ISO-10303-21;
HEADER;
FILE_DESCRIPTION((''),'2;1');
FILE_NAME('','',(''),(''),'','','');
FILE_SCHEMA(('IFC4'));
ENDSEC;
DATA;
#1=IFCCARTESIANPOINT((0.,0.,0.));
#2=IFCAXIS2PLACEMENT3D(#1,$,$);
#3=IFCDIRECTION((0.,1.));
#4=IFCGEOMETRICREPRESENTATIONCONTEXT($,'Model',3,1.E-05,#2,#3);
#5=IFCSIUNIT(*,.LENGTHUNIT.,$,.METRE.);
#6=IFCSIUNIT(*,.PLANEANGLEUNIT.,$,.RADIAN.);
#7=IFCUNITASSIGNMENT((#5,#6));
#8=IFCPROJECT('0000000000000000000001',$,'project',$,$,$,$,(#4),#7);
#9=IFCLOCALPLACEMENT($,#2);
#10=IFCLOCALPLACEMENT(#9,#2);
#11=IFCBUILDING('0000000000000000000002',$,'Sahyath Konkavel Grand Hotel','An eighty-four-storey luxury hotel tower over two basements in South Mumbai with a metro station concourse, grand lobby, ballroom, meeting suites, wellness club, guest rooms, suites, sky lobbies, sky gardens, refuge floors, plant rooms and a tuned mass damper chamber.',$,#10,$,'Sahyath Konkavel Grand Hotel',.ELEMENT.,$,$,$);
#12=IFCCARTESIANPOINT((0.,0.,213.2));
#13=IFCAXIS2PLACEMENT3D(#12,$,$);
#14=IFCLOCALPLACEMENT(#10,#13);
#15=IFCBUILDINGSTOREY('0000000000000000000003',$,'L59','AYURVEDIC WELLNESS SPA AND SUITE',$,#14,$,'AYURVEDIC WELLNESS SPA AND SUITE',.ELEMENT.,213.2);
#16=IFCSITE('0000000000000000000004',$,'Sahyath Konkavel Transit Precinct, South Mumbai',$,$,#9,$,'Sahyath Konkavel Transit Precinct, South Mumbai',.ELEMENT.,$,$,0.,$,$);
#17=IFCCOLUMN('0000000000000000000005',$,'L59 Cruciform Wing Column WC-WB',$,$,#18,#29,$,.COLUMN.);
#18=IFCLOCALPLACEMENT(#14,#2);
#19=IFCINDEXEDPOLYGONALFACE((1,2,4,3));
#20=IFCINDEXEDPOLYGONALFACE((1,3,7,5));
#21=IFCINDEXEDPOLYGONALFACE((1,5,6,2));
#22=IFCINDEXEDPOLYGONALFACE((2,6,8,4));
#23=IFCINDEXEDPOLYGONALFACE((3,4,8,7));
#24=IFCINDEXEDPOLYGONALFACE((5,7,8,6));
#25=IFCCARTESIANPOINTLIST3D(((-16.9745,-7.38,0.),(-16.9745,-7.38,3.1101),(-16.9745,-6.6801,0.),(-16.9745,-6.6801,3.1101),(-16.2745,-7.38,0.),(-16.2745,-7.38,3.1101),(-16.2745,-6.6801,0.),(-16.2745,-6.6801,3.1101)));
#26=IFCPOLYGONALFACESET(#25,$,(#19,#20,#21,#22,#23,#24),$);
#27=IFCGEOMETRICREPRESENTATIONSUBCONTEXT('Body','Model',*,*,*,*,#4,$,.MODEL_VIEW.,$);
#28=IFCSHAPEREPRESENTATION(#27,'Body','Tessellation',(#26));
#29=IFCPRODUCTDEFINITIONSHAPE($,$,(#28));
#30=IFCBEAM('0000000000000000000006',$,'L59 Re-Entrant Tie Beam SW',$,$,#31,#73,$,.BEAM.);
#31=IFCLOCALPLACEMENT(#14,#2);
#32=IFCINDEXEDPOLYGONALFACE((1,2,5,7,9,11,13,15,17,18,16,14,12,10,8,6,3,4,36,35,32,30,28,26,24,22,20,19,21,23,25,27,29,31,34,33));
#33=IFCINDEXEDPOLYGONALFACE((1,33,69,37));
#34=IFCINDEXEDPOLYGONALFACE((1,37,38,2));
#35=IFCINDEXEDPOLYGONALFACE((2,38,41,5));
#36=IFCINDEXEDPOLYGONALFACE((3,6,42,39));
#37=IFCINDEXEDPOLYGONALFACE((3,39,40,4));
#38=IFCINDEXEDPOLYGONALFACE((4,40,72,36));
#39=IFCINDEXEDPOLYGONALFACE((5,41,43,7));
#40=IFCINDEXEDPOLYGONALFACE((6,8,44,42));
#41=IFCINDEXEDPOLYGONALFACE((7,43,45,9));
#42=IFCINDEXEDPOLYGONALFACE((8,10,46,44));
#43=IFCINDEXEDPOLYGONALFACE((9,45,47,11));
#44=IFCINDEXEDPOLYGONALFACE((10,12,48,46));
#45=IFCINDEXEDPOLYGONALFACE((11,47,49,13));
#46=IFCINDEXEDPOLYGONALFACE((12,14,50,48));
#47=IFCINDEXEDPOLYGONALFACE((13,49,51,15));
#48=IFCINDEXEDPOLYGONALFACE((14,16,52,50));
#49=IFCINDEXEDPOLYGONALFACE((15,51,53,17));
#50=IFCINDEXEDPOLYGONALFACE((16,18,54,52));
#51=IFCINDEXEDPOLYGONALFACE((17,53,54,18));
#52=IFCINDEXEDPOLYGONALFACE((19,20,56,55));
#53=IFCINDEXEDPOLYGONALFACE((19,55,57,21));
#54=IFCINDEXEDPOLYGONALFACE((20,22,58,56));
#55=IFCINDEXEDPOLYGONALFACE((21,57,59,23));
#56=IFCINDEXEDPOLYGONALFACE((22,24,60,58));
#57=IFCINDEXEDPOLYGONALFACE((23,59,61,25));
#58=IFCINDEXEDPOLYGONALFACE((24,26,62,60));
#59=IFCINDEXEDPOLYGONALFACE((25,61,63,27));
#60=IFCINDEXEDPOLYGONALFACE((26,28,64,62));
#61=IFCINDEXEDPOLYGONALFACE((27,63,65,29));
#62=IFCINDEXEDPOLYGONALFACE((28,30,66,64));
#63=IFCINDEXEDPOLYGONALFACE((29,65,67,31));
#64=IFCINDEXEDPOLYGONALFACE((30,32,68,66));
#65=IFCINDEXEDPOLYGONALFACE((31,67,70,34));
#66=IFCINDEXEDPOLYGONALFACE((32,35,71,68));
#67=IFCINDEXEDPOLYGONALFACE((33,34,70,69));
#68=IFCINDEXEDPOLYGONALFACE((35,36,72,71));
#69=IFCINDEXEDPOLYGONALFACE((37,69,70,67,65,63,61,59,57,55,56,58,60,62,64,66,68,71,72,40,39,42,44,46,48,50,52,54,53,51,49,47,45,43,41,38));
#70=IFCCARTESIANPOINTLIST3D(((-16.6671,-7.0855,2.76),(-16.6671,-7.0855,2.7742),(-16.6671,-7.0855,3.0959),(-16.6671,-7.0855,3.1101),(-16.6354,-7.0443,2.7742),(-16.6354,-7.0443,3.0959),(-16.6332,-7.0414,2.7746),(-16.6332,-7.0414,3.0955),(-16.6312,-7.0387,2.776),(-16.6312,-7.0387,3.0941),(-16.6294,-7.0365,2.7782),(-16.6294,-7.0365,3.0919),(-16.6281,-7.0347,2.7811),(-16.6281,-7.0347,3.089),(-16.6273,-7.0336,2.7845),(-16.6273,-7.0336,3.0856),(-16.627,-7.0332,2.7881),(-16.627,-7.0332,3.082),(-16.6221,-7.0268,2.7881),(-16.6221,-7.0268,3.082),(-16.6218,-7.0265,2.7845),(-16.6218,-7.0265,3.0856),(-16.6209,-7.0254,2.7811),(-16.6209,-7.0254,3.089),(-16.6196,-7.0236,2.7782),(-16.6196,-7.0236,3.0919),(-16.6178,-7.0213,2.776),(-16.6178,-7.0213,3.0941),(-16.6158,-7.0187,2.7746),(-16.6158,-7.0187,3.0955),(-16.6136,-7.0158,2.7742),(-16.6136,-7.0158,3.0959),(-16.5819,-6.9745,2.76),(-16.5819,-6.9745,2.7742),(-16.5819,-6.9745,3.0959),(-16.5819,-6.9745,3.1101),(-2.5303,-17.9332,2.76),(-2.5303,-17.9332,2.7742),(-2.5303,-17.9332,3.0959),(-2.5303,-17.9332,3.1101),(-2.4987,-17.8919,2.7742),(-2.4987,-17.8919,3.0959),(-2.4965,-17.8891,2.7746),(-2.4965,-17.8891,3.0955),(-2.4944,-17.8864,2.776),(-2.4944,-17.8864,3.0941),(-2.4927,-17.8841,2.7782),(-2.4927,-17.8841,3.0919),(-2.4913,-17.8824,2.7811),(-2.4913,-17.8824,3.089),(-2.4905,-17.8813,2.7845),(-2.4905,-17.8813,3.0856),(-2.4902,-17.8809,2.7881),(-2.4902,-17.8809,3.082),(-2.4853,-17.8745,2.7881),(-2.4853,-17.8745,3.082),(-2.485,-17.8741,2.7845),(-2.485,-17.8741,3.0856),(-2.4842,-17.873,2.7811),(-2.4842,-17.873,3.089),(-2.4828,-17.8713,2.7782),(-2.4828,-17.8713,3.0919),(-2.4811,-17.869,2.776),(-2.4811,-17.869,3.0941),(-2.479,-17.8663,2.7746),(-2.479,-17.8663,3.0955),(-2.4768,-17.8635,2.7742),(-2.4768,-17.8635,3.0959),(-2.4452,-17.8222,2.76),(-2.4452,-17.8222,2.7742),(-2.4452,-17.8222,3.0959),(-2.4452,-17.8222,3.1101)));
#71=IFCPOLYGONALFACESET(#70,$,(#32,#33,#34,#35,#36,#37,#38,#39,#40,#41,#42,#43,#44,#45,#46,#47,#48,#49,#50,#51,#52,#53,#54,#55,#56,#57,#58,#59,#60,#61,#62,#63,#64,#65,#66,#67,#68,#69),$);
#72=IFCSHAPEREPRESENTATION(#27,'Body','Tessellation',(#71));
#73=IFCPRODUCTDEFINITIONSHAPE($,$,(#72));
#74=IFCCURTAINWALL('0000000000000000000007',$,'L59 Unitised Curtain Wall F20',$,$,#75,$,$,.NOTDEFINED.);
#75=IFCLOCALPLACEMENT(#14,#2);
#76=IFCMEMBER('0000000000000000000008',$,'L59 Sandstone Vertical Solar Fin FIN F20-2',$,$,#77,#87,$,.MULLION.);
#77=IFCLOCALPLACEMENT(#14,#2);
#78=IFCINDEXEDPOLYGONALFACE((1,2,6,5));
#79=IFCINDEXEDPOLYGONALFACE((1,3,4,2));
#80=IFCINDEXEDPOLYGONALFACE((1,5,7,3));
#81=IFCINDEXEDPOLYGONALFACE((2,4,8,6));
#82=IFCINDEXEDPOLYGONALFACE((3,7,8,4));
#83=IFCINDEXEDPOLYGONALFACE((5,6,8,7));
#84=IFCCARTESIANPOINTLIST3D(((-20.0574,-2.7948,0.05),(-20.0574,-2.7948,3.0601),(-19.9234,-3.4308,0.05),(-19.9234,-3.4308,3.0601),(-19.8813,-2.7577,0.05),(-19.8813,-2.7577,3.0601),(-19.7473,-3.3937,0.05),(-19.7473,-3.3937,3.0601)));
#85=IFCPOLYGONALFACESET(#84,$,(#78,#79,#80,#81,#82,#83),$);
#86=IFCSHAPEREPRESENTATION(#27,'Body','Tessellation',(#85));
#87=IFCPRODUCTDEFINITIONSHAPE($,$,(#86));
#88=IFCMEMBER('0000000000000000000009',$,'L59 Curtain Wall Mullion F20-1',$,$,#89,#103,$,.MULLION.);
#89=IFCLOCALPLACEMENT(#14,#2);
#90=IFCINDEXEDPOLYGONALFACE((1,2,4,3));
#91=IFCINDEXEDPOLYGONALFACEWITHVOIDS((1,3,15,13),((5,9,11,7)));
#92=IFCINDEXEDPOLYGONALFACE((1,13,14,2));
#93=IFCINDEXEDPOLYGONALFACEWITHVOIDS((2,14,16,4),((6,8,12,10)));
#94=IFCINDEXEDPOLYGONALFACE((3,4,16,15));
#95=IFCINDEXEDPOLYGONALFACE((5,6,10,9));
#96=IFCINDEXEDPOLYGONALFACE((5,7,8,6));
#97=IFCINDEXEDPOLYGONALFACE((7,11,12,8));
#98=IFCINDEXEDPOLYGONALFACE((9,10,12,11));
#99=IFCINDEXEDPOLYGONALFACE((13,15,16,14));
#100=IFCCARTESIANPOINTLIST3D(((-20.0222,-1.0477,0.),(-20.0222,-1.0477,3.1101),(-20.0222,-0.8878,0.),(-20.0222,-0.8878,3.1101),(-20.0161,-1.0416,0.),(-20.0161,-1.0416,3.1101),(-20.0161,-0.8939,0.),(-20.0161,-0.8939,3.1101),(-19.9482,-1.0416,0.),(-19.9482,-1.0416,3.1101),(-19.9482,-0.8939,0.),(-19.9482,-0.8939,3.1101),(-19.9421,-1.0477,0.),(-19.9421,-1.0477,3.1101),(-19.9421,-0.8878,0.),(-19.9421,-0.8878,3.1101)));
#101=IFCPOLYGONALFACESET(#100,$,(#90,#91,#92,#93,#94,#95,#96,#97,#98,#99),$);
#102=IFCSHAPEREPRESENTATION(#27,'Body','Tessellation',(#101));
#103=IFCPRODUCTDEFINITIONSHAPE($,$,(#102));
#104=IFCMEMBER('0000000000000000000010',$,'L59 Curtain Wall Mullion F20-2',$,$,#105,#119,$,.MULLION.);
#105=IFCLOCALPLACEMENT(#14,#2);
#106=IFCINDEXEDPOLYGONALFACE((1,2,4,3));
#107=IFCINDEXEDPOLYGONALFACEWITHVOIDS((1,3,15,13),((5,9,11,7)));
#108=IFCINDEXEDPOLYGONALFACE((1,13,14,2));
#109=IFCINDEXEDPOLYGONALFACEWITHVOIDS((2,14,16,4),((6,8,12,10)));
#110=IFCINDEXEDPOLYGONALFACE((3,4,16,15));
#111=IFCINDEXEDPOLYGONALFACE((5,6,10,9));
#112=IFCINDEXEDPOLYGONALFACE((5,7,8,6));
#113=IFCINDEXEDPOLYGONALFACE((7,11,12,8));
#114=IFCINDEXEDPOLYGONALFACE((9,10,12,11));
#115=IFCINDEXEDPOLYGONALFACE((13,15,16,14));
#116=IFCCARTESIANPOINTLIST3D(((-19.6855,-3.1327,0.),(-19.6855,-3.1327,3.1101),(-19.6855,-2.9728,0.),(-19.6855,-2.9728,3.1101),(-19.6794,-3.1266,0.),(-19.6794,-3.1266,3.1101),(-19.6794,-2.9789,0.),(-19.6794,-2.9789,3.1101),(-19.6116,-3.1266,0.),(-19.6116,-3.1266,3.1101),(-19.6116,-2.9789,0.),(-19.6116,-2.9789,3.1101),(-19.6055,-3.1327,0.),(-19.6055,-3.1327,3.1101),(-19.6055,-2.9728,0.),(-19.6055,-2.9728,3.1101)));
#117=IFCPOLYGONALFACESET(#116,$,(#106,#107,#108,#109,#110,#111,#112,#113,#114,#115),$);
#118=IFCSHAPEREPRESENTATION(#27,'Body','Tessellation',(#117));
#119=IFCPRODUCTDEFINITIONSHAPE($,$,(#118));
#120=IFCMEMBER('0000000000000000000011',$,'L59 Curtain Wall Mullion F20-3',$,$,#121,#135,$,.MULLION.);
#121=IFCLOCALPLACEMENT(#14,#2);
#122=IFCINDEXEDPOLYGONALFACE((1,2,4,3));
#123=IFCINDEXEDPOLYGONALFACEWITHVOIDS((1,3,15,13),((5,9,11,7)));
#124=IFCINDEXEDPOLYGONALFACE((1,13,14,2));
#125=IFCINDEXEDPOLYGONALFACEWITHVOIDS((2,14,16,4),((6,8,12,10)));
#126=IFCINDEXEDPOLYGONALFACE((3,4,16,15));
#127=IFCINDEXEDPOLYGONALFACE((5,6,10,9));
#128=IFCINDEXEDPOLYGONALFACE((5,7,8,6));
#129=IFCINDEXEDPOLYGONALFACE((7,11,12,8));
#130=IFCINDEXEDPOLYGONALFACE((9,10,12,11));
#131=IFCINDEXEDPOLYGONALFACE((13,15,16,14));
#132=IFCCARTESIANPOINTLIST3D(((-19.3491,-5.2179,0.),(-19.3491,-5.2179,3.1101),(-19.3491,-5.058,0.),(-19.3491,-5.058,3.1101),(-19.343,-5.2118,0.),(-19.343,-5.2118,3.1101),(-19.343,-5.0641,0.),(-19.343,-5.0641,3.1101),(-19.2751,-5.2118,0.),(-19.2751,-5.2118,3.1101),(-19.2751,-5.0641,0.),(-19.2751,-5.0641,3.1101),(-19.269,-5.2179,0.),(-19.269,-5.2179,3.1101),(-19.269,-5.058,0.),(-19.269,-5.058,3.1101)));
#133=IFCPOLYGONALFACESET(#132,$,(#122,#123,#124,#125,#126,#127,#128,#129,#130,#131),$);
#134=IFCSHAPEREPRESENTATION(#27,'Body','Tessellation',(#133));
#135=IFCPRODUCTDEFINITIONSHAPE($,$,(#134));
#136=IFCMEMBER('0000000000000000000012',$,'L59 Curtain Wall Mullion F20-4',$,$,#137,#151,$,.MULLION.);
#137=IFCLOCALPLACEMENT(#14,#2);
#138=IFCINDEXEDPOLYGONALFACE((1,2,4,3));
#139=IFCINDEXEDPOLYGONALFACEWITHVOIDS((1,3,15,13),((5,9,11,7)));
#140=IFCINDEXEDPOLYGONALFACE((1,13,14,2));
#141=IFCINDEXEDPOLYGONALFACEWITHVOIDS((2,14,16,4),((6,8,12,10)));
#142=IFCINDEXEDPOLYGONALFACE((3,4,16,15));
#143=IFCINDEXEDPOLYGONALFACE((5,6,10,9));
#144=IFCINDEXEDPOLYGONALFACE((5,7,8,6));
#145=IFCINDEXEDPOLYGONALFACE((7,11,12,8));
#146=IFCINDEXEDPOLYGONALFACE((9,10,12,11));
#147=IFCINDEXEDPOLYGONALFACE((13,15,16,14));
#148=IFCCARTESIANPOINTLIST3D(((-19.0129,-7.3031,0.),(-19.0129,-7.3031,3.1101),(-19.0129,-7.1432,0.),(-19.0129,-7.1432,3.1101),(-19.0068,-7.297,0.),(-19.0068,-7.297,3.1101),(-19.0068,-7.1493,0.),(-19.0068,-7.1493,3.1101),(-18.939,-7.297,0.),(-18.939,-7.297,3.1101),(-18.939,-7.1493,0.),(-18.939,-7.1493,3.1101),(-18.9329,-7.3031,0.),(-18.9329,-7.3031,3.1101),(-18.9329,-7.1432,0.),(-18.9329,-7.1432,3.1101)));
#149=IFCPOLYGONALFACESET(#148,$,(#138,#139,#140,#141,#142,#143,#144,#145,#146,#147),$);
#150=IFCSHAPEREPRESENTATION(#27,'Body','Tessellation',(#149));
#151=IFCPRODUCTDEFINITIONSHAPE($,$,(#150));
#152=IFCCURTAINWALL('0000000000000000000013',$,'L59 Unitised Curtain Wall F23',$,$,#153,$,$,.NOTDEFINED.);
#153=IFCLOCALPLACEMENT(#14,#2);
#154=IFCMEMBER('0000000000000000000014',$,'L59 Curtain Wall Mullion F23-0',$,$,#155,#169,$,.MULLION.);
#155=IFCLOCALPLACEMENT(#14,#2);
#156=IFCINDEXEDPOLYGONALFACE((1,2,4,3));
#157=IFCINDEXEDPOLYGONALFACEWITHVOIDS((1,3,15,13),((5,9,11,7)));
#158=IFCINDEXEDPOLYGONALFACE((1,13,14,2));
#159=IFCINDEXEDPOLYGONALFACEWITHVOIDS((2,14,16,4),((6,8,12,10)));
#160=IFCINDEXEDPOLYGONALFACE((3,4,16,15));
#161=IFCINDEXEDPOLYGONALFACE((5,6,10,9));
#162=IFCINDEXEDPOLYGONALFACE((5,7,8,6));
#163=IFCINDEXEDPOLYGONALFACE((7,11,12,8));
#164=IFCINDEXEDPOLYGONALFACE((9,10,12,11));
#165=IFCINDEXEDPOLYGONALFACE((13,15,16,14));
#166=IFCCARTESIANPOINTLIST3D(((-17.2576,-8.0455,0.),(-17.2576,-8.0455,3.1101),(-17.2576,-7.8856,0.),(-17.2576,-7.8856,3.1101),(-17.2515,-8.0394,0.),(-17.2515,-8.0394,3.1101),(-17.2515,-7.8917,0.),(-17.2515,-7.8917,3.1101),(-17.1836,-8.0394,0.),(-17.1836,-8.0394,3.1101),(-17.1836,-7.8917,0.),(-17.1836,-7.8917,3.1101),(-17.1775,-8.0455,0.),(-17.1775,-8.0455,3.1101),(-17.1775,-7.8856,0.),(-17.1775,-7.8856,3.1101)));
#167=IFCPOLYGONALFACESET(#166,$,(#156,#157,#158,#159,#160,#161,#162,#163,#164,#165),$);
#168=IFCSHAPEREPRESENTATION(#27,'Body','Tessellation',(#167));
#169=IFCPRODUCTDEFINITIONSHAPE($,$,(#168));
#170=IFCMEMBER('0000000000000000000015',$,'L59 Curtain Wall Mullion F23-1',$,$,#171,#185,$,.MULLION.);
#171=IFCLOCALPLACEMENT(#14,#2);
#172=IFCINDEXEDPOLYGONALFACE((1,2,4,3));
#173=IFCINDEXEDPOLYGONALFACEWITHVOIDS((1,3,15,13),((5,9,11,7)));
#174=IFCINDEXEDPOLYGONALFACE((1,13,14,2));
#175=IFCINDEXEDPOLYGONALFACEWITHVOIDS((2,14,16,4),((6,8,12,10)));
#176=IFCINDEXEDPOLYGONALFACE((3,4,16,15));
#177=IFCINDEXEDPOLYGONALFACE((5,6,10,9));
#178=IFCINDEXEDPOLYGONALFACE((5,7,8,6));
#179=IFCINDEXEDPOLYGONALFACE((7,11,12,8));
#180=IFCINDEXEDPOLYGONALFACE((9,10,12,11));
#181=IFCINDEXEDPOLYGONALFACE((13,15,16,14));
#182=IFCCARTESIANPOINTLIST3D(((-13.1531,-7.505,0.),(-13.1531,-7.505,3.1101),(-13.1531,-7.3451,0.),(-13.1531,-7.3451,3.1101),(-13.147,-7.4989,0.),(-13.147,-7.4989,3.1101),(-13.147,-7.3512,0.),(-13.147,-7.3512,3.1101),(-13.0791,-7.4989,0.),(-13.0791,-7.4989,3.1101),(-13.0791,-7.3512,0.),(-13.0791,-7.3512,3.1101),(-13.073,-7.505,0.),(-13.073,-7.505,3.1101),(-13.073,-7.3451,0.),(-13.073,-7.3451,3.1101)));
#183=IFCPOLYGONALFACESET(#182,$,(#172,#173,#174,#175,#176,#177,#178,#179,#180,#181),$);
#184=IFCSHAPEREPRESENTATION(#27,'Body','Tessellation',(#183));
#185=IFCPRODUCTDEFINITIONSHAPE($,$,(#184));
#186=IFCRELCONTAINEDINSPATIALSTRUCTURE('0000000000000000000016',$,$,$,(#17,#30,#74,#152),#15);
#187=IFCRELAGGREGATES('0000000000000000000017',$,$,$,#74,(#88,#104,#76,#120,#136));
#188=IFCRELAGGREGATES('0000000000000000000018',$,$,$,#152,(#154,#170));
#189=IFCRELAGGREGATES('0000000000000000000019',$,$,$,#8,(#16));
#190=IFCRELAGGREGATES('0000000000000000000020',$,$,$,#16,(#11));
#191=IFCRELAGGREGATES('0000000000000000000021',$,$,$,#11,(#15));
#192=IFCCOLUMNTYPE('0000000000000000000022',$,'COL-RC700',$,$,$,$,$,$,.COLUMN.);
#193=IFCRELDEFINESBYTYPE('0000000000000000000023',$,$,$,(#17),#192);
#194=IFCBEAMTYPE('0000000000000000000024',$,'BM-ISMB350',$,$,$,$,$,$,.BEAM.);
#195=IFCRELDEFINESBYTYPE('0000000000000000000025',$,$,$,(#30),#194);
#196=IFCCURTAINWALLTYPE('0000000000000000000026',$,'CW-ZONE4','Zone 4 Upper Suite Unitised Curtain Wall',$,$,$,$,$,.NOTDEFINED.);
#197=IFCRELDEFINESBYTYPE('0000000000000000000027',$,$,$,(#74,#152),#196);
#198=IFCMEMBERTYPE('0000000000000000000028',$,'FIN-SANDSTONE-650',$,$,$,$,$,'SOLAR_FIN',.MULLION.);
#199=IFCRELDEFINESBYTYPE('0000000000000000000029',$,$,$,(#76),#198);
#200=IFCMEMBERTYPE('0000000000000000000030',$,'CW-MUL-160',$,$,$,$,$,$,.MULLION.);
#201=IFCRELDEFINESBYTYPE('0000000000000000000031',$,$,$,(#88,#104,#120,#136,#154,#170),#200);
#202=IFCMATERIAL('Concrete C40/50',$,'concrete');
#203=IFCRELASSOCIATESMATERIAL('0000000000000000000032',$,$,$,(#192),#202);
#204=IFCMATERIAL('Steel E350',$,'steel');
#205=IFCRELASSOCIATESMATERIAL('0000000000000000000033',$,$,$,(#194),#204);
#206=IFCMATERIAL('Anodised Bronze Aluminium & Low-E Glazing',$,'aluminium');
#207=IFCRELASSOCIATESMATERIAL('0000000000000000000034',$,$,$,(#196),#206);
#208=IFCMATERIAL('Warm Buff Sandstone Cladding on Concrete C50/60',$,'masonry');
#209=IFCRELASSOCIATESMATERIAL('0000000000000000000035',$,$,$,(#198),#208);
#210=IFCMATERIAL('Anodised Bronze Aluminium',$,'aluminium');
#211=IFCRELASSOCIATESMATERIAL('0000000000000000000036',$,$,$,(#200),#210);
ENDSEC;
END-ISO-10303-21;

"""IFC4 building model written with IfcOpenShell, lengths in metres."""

from ifc_helpers import new_model, si_unit, direction, frame, origin, origin_2d, place, context, subcontext, project, spatial, rectangle, hollow_rectangle, i_section, extrude, source, transform, mapped, material, material_profile, profile_set, type_object, element, aggregate, save


model = new_model("IFC4")

# Units and contexts
model_context = context("Model", 3, precision=1e-05, world=origin(), true_north=direction((0.0, 1.0)))
body_context = subcontext(model_context, "Body", "Model", "MODEL_VIEW")
ifc_project = project(units=[si_unit("LENGTHUNIT", "METRE"), si_unit("PLANEANGLEUNIT", "RADIAN")], contexts=[model_context])

# Site, building, storey
site_placement = place(None, origin())
site = spatial("IfcSite", under=ifc_project, at=site_placement, Name="Sahyath Konkavel Transit Precinct, South Mumbai", LongName="Sahyath Konkavel Transit Precinct, South Mumbai", CompositionType="ELEMENT", RefElevation=0.0)
building_placement = place(site_placement, origin())
building = spatial("IfcBuilding", under=site, at=building_placement, Name="Sahyath Konkavel Grand Hotel", Description="An eighty-four-storey luxury hotel tower over two basements in South Mumbai with a metro station concourse, grand lobby, ballroom, meeting suites, wellness club, guest rooms, suites, sky lobbies, sky gardens, refuge floors, plant rooms and a tuned mass damper chamber.", LongName="Sahyath Konkavel Grand Hotel", CompositionType="ELEMENT")
storey_placement = place(building_placement, frame((0.0, 0.0, 213.2)))
storey = spatial("IfcBuildingStorey", under=building, at=storey_placement, Name="L59", Description="AYURVEDIC WELLNESS SPA AND SUITE", LongName="AYURVEDIC WELLNESS SPA AND SUITE", CompositionType="ELEMENT", Elevation=213.2)

# Column
ifc_material_1 = material(Name="Concrete C40/50", Category="concrete")
ifc_material_profile_1 = material_profile(ifc_material_1, rectangle(XDim=0.7, YDim=0.7, at=origin_2d()), Name="RC 700x700")
ifc_profile_set_1 = profile_set([ifc_material_profile_1], Name="Concrete C40/50")
column_type = type_object("IfcColumnType", Name="COL-RC700", PredefinedType="COLUMN", material=ifc_profile_set_1)
shared_shape_1 = source(origin(), body_context, "Body", "SweptSolid", [
    extrude(rectangle(XDim=0.7, YDim=0.7, at=origin_2d()), origin(), (0.0, 0.0, 1.0), 3.1101),
])
column_placement = place(storey_placement, frame((-16.6245, -7.03, 0.0), z_axis=(0.0, 0.0, 1.0), x_axis=(1.0, 0.0, 0.0)))
element("IfcColumn", 1, at=column_placement, inside=storey, type_object=column_type, Name="L59 Cruciform Wing Column WC-WB", PredefinedType="COLUMN", context=body_context, shape_type="MappedRepresentation", body=[
    mapped(shared_shape_1, transform((0.0, 0.0, 0.0), scale=1.0)),
])

# Beam
ifc_material_2 = material(Name="Steel E350", Category="steel")
ifc_material_profile_2 = material_profile(ifc_material_2, i_section(OverallWidth=0.1399, OverallDepth=0.3501, WebThickness=0.0081, FlangeThickness=0.0142, FilletRadius=0.0139, at=origin_2d()), Name="ISMB 350")
ifc_profile_set_2 = profile_set([ifc_material_profile_2], Name="Steel E350")
beam_type = type_object("IfcBeamType", Name="BM-ISMB350", PredefinedType="BEAM", material=ifc_profile_set_2)
shared_shape_2 = source(origin(), body_context, "Body", "SweptSolid", [
    extrude(i_section(OverallWidth=0.1399, OverallDepth=0.3501, WebThickness=0.0081, FlangeThickness=0.0142, FilletRadius=0.0139, at=origin_2d()), origin(), (0.0, 0.0, 1.0), 17.8191),
])
beam_placement = place(storey_placement, frame((-16.6245, -7.03, 2.9351), z_axis=(0.793349, -0.608767, 0.0), x_axis=(0.608767, 0.793349, 0.0)))
element("IfcBeam", 2, at=beam_placement, inside=storey, type_object=beam_type, Name="L59 Re-Entrant Tie Beam SW", PredefinedType="BEAM", context=body_context, shape_type="MappedRepresentation", body=[
    mapped(shared_shape_2, transform((0.0, 0.0, 0.0), scale=1.0)),
])

# Curtain walls, members
ifc_material_3 = material(Name="Anodised Bronze Aluminium & Low-E Glazing", Category="aluminium")
curtain_wall_type = type_object("IfcCurtainWallType", Name="CW-ZONE4", Description="Zone 4 Upper Suite Unitised Curtain Wall", PredefinedType="NOTDEFINED", material=ifc_material_3)
curtain_wall_1_placement = place(storey_placement, origin())
curtain_wall_1 = element("IfcCurtainWall", 3, at=curtain_wall_1_placement, inside=storey, type_object=curtain_wall_type, Name="L59 Unitised Curtain Wall F20", PredefinedType="NOTDEFINED")
ifc_material_4 = material(Name="Warm Buff Sandstone Cladding on Concrete C50/60", Category="masonry")
ifc_material_profile_3 = material_profile(ifc_material_4, rectangle(XDim=0.1799, YDim=0.6499, at=origin_2d()), Name="FIN 180x650")
ifc_profile_set_3 = profile_set([ifc_material_profile_3], Name="Warm Buff Sandstone Cladding on Concrete C50/60")
member_type_1 = type_object("IfcMemberType", Name="FIN-SANDSTONE-650", ElementType="SOLAR_FIN", PredefinedType="MULLION", material=ifc_profile_set_3)
shared_shape_3 = source(origin(), body_context, "Body", "SweptSolid", [
    extrude(rectangle(XDim=0.1799, YDim=0.6499, at=origin_2d()), origin(), (0.0, 0.0, 1.0), 3.01),
])
member_1_placement = place(storey_placement, frame((-19.9023, -3.0942, 0.05), z_axis=(0.0, 0.0, 1.0), x_axis=(0.978509, 0.206204, 0.0)))
member_1 = element("IfcMember", 4, at=member_1_placement, type_object=member_type_1, Name="L59 Sandstone Vertical Solar Fin FIN F20-2", PredefinedType="MULLION", context=body_context, shape_type="MappedRepresentation", body=[
    mapped(shared_shape_3, transform((0.0, 0.0, 0.0), scale=1.0)),
])
ifc_material_5 = material(Name="Anodised Bronze Aluminium", Category="aluminium")
ifc_material_profile_4 = material_profile(ifc_material_5, hollow_rectangle(XDim=0.0801, YDim=0.1599, WallThickness=0.0061, at=origin_2d()), Name="RHS 160x80x6")
ifc_profile_set_4 = profile_set([ifc_material_profile_4], Name="Anodised Bronze Aluminium")
member_type_2 = type_object("IfcMemberType", Name="CW-MUL-160", PredefinedType="MULLION", material=ifc_profile_set_4)
shared_shape_4 = source(origin(), body_context, "Body", "SweptSolid", [
    extrude(hollow_rectangle(XDim=0.0801, YDim=0.1599, WallThickness=0.0061, at=origin_2d()), origin(), (0.0, 0.0, 1.0), 3.1101),
])
member_2_placement = place(storey_placement, frame((-19.9822, -0.9678, 0.0), z_axis=(0.0, 0.0, 1.0), x_axis=(1.0, 0.0, 0.0)))
member_2 = element("IfcMember", 5, at=member_2_placement, type_object=member_type_2, Name="L59 Curtain Wall Mullion F20-1", PredefinedType="MULLION", context=body_context, shape_type="MappedRepresentation", body=[
    mapped(shared_shape_4, transform((0.0, 0.0, 0.0), scale=1.0)),
])
member_3_placement = place(storey_placement, frame((-19.6455, -3.0527, 0.0), z_axis=(0.0, 0.0, 1.0), x_axis=(1.0, 0.0, 0.0)))
member_3 = element("IfcMember", 6, at=member_3_placement, type_object=member_type_2, Name="L59 Curtain Wall Mullion F20-2", PredefinedType="MULLION", context=body_context, shape_type="MappedRepresentation", body=[
    mapped(shared_shape_4, transform((0.0, 0.0, 0.0), scale=1.0)),
])
member_4_placement = place(storey_placement, frame((-19.3091, -5.1379, 0.0), z_axis=(0.0, 0.0, 1.0), x_axis=(1.0, 0.0, 0.0)))
member_4 = element("IfcMember", 7, at=member_4_placement, type_object=member_type_2, Name="L59 Curtain Wall Mullion F20-3", PredefinedType="MULLION", context=body_context, shape_type="MappedRepresentation", body=[
    mapped(shared_shape_4, transform((0.0, 0.0, 0.0), scale=1.0)),
])
member_5_placement = place(storey_placement, frame((-18.9729, -7.2231, 0.0), z_axis=(0.0, 0.0, 1.0), x_axis=(1.0, 0.0, 0.0)))
member_5 = element("IfcMember", 8, at=member_5_placement, type_object=member_type_2, Name="L59 Curtain Wall Mullion F20-4", PredefinedType="MULLION", context=body_context, shape_type="MappedRepresentation", body=[
    mapped(shared_shape_4, transform((0.0, 0.0, 0.0), scale=1.0)),
])
curtain_wall_2_placement = place(storey_placement, origin())
curtain_wall_2 = element("IfcCurtainWall", 9, at=curtain_wall_2_placement, inside=storey, type_object=curtain_wall_type, Name="L59 Unitised Curtain Wall F23", PredefinedType="NOTDEFINED")
member_6_placement = place(storey_placement, frame((-17.2175, -7.9656, 0.0), z_axis=(0.0, 0.0, 1.0), x_axis=(1.0, 0.0, 0.0)))
member_6 = element("IfcMember", 10, at=member_6_placement, type_object=member_type_2, Name="L59 Curtain Wall Mullion F23-0", PredefinedType="MULLION", context=body_context, shape_type="MappedRepresentation", body=[
    mapped(shared_shape_4, transform((0.0, 0.0, 0.0), scale=1.0)),
])
member_7_placement = place(storey_placement, frame((-13.113, -7.425, 0.0), z_axis=(0.0, 0.0, 1.0), x_axis=(1.0, 0.0, 0.0)))
member_7 = element("IfcMember", 11, at=member_7_placement, type_object=member_type_2, Name="L59 Curtain Wall Mullion F23-1", PredefinedType="MULLION", context=body_context, shape_type="MappedRepresentation", body=[
    mapped(shared_shape_4, transform((0.0, 0.0, 0.0), scale=1.0)),
])

aggregate(curtain_wall_1, [member_2, member_3, member_1, member_4, member_5])
aggregate(curtain_wall_2, [member_6, member_7])

save(model, "model.ifc")
